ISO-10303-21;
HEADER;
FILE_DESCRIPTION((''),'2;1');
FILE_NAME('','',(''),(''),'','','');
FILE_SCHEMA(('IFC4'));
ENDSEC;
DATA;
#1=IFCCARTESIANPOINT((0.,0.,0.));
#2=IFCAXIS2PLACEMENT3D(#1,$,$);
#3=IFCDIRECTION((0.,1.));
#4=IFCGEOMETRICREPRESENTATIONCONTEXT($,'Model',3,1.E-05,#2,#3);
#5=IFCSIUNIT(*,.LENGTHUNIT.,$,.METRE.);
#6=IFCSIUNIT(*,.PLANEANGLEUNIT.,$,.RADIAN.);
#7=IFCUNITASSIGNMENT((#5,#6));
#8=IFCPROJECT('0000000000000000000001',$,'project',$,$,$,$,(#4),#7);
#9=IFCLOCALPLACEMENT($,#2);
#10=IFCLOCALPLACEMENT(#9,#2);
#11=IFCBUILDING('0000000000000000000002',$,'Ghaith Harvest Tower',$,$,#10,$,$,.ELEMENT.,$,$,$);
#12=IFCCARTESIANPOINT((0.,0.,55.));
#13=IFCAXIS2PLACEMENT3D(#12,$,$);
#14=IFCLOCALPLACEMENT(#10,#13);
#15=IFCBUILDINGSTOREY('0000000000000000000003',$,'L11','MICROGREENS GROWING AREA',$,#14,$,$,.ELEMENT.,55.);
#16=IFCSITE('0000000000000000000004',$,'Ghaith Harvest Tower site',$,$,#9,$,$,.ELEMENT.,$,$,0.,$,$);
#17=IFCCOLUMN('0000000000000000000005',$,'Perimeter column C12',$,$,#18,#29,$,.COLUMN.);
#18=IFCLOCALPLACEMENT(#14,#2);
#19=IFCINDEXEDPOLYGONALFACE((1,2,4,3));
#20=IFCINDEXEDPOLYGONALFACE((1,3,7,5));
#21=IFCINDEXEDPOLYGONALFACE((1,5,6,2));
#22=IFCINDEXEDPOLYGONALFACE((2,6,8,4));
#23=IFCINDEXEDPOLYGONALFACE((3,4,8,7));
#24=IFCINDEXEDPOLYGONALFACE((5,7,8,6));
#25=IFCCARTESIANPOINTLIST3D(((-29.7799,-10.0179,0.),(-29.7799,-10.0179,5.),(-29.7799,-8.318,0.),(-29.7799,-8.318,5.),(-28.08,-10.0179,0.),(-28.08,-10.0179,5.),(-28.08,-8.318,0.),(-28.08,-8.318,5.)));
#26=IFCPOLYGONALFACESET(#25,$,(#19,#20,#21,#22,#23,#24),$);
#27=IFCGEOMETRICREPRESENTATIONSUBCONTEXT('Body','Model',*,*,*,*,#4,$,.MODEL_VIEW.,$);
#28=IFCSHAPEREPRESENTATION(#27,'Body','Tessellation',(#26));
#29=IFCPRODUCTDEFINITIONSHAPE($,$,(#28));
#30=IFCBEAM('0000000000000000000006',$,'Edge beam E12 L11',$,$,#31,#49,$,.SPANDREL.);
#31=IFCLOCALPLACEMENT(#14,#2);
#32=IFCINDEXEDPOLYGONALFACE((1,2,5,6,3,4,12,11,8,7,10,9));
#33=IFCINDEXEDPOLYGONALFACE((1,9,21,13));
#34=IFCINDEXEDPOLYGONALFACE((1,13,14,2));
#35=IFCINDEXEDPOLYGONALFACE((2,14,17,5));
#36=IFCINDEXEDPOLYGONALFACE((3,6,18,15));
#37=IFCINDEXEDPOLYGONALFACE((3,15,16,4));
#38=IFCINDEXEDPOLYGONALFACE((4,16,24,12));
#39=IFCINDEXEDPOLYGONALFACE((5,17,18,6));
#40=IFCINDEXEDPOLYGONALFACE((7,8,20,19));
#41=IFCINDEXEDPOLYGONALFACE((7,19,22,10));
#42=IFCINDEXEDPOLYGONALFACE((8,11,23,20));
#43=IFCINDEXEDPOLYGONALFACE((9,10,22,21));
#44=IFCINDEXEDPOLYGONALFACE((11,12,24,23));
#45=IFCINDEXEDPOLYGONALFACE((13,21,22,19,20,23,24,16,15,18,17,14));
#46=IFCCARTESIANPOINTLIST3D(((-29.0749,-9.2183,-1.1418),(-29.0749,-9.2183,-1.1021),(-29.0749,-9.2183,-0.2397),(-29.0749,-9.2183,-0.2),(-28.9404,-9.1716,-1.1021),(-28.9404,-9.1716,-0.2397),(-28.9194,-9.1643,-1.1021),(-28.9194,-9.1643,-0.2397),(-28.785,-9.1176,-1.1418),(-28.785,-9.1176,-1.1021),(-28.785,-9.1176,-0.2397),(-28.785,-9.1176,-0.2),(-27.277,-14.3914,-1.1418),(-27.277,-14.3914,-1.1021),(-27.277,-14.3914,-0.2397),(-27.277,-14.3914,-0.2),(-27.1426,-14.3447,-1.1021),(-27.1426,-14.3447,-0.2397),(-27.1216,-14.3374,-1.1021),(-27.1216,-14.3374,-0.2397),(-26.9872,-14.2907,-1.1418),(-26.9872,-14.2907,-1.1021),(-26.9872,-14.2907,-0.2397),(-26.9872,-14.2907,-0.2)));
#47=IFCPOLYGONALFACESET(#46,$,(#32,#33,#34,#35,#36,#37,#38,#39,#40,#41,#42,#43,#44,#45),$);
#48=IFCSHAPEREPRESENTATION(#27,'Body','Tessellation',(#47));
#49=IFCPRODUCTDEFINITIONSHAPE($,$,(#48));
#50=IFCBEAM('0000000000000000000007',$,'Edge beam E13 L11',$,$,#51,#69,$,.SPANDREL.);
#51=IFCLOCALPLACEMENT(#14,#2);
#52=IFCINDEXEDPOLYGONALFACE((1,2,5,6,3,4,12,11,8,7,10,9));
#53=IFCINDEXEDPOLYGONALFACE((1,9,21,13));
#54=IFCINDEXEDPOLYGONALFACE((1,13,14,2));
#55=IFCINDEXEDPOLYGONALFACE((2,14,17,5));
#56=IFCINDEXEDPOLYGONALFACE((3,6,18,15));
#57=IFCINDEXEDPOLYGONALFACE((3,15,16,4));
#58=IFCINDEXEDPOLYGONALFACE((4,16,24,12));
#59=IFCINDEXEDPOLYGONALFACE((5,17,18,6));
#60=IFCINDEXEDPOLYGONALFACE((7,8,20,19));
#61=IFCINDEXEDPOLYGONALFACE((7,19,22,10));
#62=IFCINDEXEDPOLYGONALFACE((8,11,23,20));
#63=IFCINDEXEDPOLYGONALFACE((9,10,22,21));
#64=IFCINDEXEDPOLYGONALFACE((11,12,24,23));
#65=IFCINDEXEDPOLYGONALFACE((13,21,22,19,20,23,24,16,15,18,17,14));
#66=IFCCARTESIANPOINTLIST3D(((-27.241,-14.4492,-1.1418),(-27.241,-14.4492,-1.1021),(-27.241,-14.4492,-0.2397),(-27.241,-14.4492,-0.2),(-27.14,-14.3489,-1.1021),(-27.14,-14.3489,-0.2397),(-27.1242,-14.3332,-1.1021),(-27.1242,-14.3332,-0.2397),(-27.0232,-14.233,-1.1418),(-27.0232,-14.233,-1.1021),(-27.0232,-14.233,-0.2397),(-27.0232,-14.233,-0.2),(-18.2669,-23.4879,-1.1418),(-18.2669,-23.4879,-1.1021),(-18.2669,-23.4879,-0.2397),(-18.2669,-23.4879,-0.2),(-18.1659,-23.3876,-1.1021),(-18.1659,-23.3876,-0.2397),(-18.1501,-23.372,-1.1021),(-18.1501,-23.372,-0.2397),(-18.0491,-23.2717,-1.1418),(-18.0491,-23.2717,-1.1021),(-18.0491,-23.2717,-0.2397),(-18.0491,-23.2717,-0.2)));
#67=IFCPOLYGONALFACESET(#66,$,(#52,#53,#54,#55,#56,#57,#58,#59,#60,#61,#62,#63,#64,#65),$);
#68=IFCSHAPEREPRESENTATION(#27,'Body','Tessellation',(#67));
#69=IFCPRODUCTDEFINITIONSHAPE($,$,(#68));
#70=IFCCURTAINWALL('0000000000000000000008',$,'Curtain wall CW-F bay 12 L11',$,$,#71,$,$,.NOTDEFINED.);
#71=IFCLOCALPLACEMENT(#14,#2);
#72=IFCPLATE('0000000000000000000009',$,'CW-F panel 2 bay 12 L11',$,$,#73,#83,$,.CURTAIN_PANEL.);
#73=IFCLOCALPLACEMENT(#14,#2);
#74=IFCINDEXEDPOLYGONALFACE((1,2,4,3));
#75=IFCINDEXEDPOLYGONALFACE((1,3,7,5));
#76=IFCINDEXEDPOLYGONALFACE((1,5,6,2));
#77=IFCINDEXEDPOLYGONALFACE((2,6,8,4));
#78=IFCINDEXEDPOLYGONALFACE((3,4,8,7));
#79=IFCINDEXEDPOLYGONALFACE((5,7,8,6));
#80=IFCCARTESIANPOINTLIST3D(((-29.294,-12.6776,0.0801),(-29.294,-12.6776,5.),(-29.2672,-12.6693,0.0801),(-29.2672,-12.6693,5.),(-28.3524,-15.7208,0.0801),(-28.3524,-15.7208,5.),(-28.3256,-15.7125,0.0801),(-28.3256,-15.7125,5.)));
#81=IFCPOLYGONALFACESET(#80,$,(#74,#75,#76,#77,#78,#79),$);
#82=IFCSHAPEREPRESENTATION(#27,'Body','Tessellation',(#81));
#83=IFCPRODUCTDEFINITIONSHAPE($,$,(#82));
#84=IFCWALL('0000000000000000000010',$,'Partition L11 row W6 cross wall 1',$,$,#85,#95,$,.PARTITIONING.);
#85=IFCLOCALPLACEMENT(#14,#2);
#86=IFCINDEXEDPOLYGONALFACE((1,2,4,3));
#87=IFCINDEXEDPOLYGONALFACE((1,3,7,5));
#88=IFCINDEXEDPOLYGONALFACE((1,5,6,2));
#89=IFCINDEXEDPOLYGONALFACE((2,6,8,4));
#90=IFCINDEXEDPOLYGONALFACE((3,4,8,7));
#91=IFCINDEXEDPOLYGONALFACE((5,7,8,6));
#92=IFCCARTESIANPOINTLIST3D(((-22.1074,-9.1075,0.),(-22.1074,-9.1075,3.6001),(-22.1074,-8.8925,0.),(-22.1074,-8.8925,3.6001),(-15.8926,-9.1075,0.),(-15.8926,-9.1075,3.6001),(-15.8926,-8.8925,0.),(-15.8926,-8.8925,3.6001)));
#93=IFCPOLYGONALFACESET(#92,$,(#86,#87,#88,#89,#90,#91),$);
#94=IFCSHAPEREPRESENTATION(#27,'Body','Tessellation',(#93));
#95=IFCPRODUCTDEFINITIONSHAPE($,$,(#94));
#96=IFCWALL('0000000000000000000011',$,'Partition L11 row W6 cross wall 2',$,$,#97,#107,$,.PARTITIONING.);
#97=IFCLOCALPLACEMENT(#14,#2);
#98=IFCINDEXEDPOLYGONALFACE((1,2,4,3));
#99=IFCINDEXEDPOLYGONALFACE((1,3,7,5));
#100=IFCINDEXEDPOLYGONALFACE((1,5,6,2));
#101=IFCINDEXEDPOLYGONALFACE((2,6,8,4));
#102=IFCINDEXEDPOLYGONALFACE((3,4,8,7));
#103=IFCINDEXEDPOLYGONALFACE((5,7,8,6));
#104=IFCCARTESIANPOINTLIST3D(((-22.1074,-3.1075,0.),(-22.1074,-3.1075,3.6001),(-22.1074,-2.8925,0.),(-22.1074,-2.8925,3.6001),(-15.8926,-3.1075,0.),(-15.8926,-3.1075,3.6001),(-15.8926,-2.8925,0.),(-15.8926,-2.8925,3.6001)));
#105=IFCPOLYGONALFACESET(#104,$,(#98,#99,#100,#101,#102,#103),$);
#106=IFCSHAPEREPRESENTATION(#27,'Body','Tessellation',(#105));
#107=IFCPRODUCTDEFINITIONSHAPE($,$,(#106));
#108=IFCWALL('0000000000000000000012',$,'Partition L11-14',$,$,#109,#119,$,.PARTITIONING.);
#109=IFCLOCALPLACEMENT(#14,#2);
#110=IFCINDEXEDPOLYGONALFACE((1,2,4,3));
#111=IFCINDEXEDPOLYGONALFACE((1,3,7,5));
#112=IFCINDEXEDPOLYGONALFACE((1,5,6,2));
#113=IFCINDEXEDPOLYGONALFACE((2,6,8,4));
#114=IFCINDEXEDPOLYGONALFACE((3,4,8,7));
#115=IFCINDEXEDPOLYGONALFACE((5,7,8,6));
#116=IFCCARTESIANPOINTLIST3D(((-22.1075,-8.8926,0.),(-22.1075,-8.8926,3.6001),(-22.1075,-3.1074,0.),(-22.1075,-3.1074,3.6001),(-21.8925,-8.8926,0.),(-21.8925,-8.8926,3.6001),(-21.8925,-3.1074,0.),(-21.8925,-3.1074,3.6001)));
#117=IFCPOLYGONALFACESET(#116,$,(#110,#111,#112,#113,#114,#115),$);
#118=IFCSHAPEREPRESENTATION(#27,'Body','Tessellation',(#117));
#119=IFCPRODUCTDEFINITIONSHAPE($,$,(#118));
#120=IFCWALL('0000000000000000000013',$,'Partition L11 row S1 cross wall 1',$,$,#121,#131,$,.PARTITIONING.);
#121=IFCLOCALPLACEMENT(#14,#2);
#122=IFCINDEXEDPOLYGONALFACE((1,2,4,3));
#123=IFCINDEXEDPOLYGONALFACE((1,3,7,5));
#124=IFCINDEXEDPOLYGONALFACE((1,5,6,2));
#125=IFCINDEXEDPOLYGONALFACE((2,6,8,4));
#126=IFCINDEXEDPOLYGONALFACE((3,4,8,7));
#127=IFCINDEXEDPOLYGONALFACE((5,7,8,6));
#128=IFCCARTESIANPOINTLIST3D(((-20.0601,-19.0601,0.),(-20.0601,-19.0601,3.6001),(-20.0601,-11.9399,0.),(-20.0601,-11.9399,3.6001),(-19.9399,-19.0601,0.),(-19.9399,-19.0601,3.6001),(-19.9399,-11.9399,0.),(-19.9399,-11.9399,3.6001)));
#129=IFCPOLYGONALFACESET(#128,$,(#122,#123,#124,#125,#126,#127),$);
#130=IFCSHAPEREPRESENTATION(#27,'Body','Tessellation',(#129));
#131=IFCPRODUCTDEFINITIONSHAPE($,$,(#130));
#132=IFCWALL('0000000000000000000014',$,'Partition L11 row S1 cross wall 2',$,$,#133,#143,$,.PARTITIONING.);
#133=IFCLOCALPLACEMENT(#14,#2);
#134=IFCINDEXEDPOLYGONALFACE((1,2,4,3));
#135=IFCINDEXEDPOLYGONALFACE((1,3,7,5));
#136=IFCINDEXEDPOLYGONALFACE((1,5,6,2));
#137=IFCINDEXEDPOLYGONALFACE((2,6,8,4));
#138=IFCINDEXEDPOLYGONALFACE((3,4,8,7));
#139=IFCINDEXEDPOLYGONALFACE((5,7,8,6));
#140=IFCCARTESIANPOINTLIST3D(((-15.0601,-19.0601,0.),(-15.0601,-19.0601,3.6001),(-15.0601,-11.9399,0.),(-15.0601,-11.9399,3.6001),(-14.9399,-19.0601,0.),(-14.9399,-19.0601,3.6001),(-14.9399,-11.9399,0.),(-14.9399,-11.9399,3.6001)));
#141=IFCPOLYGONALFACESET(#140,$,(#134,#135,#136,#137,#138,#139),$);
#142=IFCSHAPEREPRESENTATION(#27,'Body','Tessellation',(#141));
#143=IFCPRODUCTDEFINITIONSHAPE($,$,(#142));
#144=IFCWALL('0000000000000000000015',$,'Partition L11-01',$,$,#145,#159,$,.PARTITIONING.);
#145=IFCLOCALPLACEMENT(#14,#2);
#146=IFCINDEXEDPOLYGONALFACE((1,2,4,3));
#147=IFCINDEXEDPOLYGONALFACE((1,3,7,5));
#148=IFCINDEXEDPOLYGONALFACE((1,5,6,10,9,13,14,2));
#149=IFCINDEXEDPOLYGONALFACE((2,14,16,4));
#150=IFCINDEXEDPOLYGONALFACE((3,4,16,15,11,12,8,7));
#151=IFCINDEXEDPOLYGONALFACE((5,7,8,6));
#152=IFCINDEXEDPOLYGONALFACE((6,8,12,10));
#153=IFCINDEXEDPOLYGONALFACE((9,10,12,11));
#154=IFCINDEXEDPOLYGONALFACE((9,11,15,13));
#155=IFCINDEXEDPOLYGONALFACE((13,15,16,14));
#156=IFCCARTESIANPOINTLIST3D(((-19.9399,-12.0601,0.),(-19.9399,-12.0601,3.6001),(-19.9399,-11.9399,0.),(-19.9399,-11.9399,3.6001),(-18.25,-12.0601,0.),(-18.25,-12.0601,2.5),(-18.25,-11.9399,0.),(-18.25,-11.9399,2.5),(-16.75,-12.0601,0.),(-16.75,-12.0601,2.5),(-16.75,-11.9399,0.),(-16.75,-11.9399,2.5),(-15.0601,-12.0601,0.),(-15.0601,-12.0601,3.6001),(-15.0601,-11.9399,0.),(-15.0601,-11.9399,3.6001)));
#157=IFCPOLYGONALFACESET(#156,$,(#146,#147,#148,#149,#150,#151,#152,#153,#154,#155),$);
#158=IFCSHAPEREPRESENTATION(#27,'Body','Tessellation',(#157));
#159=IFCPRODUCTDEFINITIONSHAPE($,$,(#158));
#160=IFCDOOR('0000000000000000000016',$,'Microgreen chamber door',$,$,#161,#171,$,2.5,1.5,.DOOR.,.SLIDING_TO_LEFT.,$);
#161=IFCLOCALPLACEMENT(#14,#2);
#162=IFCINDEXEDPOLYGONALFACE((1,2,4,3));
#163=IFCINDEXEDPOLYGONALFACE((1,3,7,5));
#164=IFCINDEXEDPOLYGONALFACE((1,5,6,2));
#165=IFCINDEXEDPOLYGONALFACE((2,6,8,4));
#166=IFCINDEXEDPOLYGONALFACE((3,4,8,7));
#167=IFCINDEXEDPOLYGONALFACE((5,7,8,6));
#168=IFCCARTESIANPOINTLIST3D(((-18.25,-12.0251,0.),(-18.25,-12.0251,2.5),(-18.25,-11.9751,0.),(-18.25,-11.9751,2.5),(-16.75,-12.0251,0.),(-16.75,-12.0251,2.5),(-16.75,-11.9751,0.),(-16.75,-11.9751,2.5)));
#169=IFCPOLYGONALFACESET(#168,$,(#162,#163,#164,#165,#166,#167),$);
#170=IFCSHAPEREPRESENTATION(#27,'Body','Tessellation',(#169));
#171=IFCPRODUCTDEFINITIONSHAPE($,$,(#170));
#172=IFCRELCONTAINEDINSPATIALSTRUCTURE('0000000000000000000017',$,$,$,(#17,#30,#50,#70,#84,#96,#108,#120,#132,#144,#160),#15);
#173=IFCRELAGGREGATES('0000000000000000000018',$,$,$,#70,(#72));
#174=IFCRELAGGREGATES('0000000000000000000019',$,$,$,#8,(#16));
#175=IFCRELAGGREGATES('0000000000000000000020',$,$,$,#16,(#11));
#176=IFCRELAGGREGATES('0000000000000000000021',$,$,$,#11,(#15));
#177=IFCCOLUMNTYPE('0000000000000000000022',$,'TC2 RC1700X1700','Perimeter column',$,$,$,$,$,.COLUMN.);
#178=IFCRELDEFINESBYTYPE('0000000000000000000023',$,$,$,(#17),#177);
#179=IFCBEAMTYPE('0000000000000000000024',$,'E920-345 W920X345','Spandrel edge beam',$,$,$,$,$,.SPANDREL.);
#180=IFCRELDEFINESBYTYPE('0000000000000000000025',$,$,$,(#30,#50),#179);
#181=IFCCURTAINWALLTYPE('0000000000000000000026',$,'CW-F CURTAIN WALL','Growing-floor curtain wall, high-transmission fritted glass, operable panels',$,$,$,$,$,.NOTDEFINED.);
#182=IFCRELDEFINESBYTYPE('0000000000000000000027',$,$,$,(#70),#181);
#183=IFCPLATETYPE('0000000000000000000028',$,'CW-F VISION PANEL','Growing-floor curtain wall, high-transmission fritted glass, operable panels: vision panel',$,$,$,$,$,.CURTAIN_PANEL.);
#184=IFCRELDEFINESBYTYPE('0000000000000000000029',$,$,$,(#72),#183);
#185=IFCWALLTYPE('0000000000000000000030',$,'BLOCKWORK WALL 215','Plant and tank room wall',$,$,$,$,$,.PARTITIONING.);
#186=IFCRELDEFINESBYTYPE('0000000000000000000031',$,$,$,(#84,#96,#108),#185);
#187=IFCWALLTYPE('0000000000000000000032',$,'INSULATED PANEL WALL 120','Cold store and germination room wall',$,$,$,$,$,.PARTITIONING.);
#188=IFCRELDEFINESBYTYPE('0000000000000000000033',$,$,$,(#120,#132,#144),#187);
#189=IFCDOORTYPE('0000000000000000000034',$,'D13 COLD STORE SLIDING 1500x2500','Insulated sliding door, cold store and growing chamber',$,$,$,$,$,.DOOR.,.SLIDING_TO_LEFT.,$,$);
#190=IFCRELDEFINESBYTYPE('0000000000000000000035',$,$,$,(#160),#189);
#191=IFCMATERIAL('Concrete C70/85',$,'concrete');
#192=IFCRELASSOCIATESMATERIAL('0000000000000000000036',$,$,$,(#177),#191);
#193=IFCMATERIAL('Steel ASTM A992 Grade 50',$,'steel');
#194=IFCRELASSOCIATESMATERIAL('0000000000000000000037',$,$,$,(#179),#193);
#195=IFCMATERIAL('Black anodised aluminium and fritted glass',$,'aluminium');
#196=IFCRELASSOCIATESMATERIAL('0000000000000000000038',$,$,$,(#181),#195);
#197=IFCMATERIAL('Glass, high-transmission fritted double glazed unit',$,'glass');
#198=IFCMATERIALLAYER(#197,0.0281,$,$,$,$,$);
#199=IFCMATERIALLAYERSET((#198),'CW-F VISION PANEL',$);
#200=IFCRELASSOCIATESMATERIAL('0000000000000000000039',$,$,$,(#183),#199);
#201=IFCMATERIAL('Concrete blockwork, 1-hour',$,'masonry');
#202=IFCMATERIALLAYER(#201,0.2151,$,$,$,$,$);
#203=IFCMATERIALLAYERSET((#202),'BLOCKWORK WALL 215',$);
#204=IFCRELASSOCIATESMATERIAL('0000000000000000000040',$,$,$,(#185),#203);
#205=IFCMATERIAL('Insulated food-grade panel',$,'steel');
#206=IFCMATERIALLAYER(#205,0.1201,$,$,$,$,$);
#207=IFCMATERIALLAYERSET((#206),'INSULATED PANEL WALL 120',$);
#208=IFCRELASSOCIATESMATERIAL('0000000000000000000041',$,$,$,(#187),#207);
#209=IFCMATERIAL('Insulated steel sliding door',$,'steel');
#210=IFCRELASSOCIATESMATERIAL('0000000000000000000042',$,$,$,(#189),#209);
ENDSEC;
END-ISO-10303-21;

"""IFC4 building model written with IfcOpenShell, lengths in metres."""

from ifc_helpers import new_model, si_unit, direction, frame, frame_2d, origin, origin_2d, place, context, subcontext, project, spatial, rectangle, i_section, extrude, material, layer, layer_set, material_profile, profile_set, type_object, element, fill, aggregate, save


model = new_model("IFC4")

# Units and contexts
model_context = context("Model", 3, precision=1e-05, world=origin(), true_north=direction((0.0, 1.0)))
body_context = subcontext(model_context, "Body", "Model", "MODEL_VIEW")
ifc_project = project(units=[si_unit("LENGTHUNIT", "METRE"), si_unit("PLANEANGLEUNIT", "RADIAN")], contexts=[model_context])

# Site, building, storey
site_placement = place(None, origin())
site = spatial("IfcSite", under=ifc_project, at=site_placement, Name="Ghaith Harvest Tower site", CompositionType="ELEMENT", RefElevation=0.0)
building_placement = place(site_placement, origin())
building = spatial("IfcBuilding", under=site, at=building_placement, Name="Ghaith Harvest Tower", CompositionType="ELEMENT")
storey_placement = place(building_placement, frame((0.0, 0.0, 55.0)))
storey = spatial("IfcBuildingStorey", under=building, at=storey_placement, Name="L11", Description="MICROGREENS GROWING AREA", CompositionType="ELEMENT", Elevation=55.0)

# Column
ifc_material_1 = material(Name="Concrete C70/85", Category="concrete")
ifc_material_profile_1 = material_profile(ifc_material_1, rectangle(XDim=1.7, YDim=1.7, at=origin_2d()), Name="RC1700X1700")
ifc_profile_set_1 = profile_set([ifc_material_profile_1], Name="Concrete C70/85")
column_type = type_object("IfcColumnType", Name="TC2 RC1700X1700", Description="Perimeter column", PredefinedType="COLUMN", material=ifc_profile_set_1)
column_placement = place(storey_placement, frame((-28.9299, -9.168, 0.0), z_axis=(0.0, 0.0, 1.0), x_axis=(1.0, 0.0, 0.0)))
element("IfcColumn", 1, at=column_placement, inside=storey, type_object=column_type, Name="Perimeter column C12", PredefinedType="COLUMN", context=body_context, shape_type="SweptSolid", body=[
    extrude(rectangle(XDim=1.7, YDim=1.7, at=origin_2d()), origin(), (0.0, 0.0, 1.0), 5.0),
])

# Beams
ifc_material_2 = material(Name="Steel ASTM A992 Grade 50", Category="steel")
ifc_material_profile_2 = material_profile(ifc_material_2, i_section(OverallWidth=0.3069, OverallDepth=0.9419, WebThickness=0.0222, FlangeThickness=0.0398, at=origin_2d()), Name="W920X345")
ifc_profile_set_2 = profile_set([ifc_material_profile_2], Name="Steel ASTM A992 Grade 50")
beam_type = type_object("IfcBeamType", Name="E920-345 W920X345", Description="Spandrel edge beam", PredefinedType="SPANDREL", material=ifc_profile_set_2)
beam_1_placement = place(storey_placement, frame((-28.9299, -9.168, -0.6709), z_axis=(0.328279, -0.944581, 0.0), x_axis=(0.944581, 0.328279, 0.0)))
element("IfcBeam", 2, at=beam_1_placement, inside=storey, type_object=beam_type, Name="Edge beam E12 L11", PredefinedType="SPANDREL", context=body_context, shape_type="SweptSolid", body=[
    extrude(i_section(OverallWidth=0.3069, OverallDepth=0.9419, WebThickness=0.0222, FlangeThickness=0.0398, at=origin_2d()), origin(), (0.0, 0.0, 1.0), 5.4766),
])
beam_2_placement = place(storey_placement, frame((-27.1321, -14.3411, -0.6709), z_axis=(0.704563, -0.709642, 0.0), x_axis=(0.709642, 0.704563, 0.0)))
element("IfcBeam", 3, at=beam_2_placement, inside=storey, type_object=beam_type, Name="Edge beam E13 L11", PredefinedType="SPANDREL", context=body_context, shape_type="SweptSolid", body=[
    extrude(i_section(OverallWidth=0.3069, OverallDepth=0.9419, WebThickness=0.0222, FlangeThickness=0.0398, at=origin_2d()), origin(), (0.0, 0.0, 1.0), 12.7371),
])

# Curtain wall, plate
ifc_material_3 = material(Name="Black anodised aluminium and fritted glass", Category="aluminium")
curtain_wall_type = type_object("IfcCurtainWallType", Name="CW-F CURTAIN WALL", Description="Growing-floor curtain wall, high-transmission fritted glass, operable panels", PredefinedType="NOTDEFINED", material=ifc_material_3)
curtain_wall_placement = place(storey_placement, origin())
curtain_wall = element("IfcCurtainWall", 4, at=curtain_wall_placement, inside=storey, type_object=curtain_wall_type, Name="Curtain wall CW-F bay 12 L11", PredefinedType="NOTDEFINED")
ifc_material_4 = material(Name="Glass, high-transmission fritted double glazed unit", Category="glass")
ifc_layer_1 = layer(ifc_material_4, 0.0281)
ifc_layer_set_1 = layer_set([ifc_layer_1], Name="CW-F VISION PANEL")
plate_type = type_object("IfcPlateType", Name="CW-F VISION PANEL", Description="Growing-floor curtain wall, high-transmission fritted glass, operable panels: vision panel", PredefinedType="CURTAIN_PANEL", material=ifc_layer_set_1)
plate_placement = place(storey_placement, frame((-28.8098, -14.1951, 0.0801), z_axis=(0.0, 0.0, 1.0), x_axis=(0.295583, -0.955317, 0.0)))
plate = element("IfcPlate", 5, at=plate_placement, type_object=plate_type, Name="CW-F panel 2 bay 12 L11", PredefinedType="CURTAIN_PANEL", context=body_context, shape_type="SweptSolid", body=[
    extrude(rectangle(XDim=3.1855, YDim=0.0281, at=origin_2d()), origin(), (0.0, 0.0, 1.0), 4.9199),
])
aggregate(curtain_wall, [plate])

# Walls
ifc_material_5 = material(Name="Concrete blockwork, 1-hour", Category="masonry")
ifc_layer_2 = layer(ifc_material_5, 0.2151)
ifc_layer_set_2 = layer_set([ifc_layer_2], Name="BLOCKWORK WALL 215")
wall_type_1 = type_object("IfcWallType", Name="BLOCKWORK WALL 215", Description="Plant and tank room wall", PredefinedType="PARTITIONING", material=ifc_layer_set_2)
for number, where, z_axis, x_axis, name in (
    (6, (-15.8926, -9.0, 0.0), (0.0, 0.0, 1.0), (-1.0, 0.0, 0.0), "Partition L11 row W6 cross wall 1"),
    (7, (-15.8926, -3.0, 0.0), (0.0, 0.0, 1.0), (-1.0, 0.0, 0.0), "Partition L11 row W6 cross wall 2"),
):
    element("IfcWall", number, at=place(storey_placement, frame(where, z_axis=z_axis, x_axis=x_axis)), inside=storey, type_object=wall_type_1, Name=name, PredefinedType="PARTITIONING", context=body_context, shape_type="SweptSolid", body=[
        extrude(rectangle(XDim=6.2148, YDim=0.2151, at=frame_2d((3.1074, 0.0))), origin(), (0.0, 0.0, 1.0), 3.6001),
    ])

# Wall
wall_1_placement = place(storey_placement, frame((-22.0, -8.8926, 0.0), z_axis=(0.0, 0.0, 1.0), x_axis=(0.0, 1.0, 0.0)))
element("IfcWall", 8, at=wall_1_placement, inside=storey, type_object=wall_type_1, Name="Partition L11-14", PredefinedType="PARTITIONING", context=body_context, shape_type="SweptSolid", body=[
    extrude(rectangle(XDim=5.7852, YDim=0.2151, at=frame_2d((2.8926, 0.0))), origin(), (0.0, 0.0, 1.0), 3.6001),
])

# Walls
ifc_material_6 = material(Name="Insulated food-grade panel", Category="steel")
ifc_layer_3 = layer(ifc_material_6, 0.1201)
ifc_layer_set_3 = layer_set([ifc_layer_3], Name="INSULATED PANEL WALL 120")
wall_type_2 = type_object("IfcWallType", Name="INSULATED PANEL WALL 120", Description="Cold store and germination room wall", PredefinedType="PARTITIONING", material=ifc_layer_set_3)
for number, where, z_axis, x_axis, name in (
    (9, (-20.0, -11.9399, 0.0), (0.0, 0.0, 1.0), (0.0, -1.0, 0.0), "Partition L11 row S1 cross wall 1"),
    (10, (-15.0, -11.9399, 0.0), (0.0, 0.0, 1.0), (0.0, -1.0, 0.0), "Partition L11 row S1 cross wall 2"),
):
    element("IfcWall", number, at=place(storey_placement, frame(where, z_axis=z_axis, x_axis=x_axis)), inside=storey, type_object=wall_type_2, Name=name, PredefinedType="PARTITIONING", context=body_context, shape_type="SweptSolid", body=[
        extrude(rectangle(XDim=7.1201, YDim=0.1201, at=frame_2d((3.5601, 0.0))), origin(), (0.0, 0.0, 1.0), 3.6001),
    ])

# Wall, opening, door
wall_2_placement = place(storey_placement, frame((-19.9399, -12.0, 0.0), z_axis=(0.0, 0.0, 1.0), x_axis=(1.0, 0.0, 0.0)))
wall_2 = element("IfcWall", 11, at=wall_2_placement, inside=storey, type_object=wall_type_2, Name="Partition L11-01", PredefinedType="PARTITIONING", context=body_context, shape_type="SweptSolid", body=[
    extrude(rectangle(XDim=4.8799, YDim=0.1201, at=frame_2d((2.4399, 0.0))), origin(), (0.0, 0.0, 1.0), 3.6001),
])
opening_1_placement = place(wall_2_placement, frame((1.6899, 0.0, 0.0)))
opening_1 = element("IfcOpeningElement", 12, at=opening_1_placement, cuts=wall_2, PredefinedType="OPENING", context=body_context, shape_type="SweptSolid", body=[
    extrude(rectangle(XDim=1.5, YDim=2.5, at=frame_2d((0.75, 1.25))), frame((0.0, 0.0701, 0.0), z_axis=(0.0, -1.0, 0.0), x_axis=(1.0, 0.0, 0.0)), (0.0, 0.0, 1.0), 0.1401),
])
ifc_material_7 = material(Name="Insulated steel sliding door", Category="steel")
door_type_1 = type_object("IfcDoorType", Name="D13 COLD STORE SLIDING 1500x2500", Description="Insulated sliding door, cold store and growing chamber", OperationType="SLIDING_TO_LEFT", PredefinedType="DOOR", material=ifc_material_7)
door_1_placement = place(opening_1_placement, origin())
door_1 = element("IfcDoor", 13, at=door_1_placement, inside=storey, type_object=door_type_1, Name="Microgreen chamber door", OperationType="SLIDING_TO_LEFT", OverallHeight=2.5, OverallWidth=1.5, PredefinedType="DOOR", context=body_context, shape_type="SweptSolid", body=[
    extrude(rectangle(XDim=1.5, YDim=2.5, at=frame_2d((0.75, 1.25))), frame((0.0, 0.0249, 0.0), z_axis=(0.0, -1.0, 0.0), x_axis=(1.0, 0.0, 0.0)), (0.0, 0.0, 1.0), 0.05),
])
fill(opening_1, door_1)

save(model, "model.ifc")
